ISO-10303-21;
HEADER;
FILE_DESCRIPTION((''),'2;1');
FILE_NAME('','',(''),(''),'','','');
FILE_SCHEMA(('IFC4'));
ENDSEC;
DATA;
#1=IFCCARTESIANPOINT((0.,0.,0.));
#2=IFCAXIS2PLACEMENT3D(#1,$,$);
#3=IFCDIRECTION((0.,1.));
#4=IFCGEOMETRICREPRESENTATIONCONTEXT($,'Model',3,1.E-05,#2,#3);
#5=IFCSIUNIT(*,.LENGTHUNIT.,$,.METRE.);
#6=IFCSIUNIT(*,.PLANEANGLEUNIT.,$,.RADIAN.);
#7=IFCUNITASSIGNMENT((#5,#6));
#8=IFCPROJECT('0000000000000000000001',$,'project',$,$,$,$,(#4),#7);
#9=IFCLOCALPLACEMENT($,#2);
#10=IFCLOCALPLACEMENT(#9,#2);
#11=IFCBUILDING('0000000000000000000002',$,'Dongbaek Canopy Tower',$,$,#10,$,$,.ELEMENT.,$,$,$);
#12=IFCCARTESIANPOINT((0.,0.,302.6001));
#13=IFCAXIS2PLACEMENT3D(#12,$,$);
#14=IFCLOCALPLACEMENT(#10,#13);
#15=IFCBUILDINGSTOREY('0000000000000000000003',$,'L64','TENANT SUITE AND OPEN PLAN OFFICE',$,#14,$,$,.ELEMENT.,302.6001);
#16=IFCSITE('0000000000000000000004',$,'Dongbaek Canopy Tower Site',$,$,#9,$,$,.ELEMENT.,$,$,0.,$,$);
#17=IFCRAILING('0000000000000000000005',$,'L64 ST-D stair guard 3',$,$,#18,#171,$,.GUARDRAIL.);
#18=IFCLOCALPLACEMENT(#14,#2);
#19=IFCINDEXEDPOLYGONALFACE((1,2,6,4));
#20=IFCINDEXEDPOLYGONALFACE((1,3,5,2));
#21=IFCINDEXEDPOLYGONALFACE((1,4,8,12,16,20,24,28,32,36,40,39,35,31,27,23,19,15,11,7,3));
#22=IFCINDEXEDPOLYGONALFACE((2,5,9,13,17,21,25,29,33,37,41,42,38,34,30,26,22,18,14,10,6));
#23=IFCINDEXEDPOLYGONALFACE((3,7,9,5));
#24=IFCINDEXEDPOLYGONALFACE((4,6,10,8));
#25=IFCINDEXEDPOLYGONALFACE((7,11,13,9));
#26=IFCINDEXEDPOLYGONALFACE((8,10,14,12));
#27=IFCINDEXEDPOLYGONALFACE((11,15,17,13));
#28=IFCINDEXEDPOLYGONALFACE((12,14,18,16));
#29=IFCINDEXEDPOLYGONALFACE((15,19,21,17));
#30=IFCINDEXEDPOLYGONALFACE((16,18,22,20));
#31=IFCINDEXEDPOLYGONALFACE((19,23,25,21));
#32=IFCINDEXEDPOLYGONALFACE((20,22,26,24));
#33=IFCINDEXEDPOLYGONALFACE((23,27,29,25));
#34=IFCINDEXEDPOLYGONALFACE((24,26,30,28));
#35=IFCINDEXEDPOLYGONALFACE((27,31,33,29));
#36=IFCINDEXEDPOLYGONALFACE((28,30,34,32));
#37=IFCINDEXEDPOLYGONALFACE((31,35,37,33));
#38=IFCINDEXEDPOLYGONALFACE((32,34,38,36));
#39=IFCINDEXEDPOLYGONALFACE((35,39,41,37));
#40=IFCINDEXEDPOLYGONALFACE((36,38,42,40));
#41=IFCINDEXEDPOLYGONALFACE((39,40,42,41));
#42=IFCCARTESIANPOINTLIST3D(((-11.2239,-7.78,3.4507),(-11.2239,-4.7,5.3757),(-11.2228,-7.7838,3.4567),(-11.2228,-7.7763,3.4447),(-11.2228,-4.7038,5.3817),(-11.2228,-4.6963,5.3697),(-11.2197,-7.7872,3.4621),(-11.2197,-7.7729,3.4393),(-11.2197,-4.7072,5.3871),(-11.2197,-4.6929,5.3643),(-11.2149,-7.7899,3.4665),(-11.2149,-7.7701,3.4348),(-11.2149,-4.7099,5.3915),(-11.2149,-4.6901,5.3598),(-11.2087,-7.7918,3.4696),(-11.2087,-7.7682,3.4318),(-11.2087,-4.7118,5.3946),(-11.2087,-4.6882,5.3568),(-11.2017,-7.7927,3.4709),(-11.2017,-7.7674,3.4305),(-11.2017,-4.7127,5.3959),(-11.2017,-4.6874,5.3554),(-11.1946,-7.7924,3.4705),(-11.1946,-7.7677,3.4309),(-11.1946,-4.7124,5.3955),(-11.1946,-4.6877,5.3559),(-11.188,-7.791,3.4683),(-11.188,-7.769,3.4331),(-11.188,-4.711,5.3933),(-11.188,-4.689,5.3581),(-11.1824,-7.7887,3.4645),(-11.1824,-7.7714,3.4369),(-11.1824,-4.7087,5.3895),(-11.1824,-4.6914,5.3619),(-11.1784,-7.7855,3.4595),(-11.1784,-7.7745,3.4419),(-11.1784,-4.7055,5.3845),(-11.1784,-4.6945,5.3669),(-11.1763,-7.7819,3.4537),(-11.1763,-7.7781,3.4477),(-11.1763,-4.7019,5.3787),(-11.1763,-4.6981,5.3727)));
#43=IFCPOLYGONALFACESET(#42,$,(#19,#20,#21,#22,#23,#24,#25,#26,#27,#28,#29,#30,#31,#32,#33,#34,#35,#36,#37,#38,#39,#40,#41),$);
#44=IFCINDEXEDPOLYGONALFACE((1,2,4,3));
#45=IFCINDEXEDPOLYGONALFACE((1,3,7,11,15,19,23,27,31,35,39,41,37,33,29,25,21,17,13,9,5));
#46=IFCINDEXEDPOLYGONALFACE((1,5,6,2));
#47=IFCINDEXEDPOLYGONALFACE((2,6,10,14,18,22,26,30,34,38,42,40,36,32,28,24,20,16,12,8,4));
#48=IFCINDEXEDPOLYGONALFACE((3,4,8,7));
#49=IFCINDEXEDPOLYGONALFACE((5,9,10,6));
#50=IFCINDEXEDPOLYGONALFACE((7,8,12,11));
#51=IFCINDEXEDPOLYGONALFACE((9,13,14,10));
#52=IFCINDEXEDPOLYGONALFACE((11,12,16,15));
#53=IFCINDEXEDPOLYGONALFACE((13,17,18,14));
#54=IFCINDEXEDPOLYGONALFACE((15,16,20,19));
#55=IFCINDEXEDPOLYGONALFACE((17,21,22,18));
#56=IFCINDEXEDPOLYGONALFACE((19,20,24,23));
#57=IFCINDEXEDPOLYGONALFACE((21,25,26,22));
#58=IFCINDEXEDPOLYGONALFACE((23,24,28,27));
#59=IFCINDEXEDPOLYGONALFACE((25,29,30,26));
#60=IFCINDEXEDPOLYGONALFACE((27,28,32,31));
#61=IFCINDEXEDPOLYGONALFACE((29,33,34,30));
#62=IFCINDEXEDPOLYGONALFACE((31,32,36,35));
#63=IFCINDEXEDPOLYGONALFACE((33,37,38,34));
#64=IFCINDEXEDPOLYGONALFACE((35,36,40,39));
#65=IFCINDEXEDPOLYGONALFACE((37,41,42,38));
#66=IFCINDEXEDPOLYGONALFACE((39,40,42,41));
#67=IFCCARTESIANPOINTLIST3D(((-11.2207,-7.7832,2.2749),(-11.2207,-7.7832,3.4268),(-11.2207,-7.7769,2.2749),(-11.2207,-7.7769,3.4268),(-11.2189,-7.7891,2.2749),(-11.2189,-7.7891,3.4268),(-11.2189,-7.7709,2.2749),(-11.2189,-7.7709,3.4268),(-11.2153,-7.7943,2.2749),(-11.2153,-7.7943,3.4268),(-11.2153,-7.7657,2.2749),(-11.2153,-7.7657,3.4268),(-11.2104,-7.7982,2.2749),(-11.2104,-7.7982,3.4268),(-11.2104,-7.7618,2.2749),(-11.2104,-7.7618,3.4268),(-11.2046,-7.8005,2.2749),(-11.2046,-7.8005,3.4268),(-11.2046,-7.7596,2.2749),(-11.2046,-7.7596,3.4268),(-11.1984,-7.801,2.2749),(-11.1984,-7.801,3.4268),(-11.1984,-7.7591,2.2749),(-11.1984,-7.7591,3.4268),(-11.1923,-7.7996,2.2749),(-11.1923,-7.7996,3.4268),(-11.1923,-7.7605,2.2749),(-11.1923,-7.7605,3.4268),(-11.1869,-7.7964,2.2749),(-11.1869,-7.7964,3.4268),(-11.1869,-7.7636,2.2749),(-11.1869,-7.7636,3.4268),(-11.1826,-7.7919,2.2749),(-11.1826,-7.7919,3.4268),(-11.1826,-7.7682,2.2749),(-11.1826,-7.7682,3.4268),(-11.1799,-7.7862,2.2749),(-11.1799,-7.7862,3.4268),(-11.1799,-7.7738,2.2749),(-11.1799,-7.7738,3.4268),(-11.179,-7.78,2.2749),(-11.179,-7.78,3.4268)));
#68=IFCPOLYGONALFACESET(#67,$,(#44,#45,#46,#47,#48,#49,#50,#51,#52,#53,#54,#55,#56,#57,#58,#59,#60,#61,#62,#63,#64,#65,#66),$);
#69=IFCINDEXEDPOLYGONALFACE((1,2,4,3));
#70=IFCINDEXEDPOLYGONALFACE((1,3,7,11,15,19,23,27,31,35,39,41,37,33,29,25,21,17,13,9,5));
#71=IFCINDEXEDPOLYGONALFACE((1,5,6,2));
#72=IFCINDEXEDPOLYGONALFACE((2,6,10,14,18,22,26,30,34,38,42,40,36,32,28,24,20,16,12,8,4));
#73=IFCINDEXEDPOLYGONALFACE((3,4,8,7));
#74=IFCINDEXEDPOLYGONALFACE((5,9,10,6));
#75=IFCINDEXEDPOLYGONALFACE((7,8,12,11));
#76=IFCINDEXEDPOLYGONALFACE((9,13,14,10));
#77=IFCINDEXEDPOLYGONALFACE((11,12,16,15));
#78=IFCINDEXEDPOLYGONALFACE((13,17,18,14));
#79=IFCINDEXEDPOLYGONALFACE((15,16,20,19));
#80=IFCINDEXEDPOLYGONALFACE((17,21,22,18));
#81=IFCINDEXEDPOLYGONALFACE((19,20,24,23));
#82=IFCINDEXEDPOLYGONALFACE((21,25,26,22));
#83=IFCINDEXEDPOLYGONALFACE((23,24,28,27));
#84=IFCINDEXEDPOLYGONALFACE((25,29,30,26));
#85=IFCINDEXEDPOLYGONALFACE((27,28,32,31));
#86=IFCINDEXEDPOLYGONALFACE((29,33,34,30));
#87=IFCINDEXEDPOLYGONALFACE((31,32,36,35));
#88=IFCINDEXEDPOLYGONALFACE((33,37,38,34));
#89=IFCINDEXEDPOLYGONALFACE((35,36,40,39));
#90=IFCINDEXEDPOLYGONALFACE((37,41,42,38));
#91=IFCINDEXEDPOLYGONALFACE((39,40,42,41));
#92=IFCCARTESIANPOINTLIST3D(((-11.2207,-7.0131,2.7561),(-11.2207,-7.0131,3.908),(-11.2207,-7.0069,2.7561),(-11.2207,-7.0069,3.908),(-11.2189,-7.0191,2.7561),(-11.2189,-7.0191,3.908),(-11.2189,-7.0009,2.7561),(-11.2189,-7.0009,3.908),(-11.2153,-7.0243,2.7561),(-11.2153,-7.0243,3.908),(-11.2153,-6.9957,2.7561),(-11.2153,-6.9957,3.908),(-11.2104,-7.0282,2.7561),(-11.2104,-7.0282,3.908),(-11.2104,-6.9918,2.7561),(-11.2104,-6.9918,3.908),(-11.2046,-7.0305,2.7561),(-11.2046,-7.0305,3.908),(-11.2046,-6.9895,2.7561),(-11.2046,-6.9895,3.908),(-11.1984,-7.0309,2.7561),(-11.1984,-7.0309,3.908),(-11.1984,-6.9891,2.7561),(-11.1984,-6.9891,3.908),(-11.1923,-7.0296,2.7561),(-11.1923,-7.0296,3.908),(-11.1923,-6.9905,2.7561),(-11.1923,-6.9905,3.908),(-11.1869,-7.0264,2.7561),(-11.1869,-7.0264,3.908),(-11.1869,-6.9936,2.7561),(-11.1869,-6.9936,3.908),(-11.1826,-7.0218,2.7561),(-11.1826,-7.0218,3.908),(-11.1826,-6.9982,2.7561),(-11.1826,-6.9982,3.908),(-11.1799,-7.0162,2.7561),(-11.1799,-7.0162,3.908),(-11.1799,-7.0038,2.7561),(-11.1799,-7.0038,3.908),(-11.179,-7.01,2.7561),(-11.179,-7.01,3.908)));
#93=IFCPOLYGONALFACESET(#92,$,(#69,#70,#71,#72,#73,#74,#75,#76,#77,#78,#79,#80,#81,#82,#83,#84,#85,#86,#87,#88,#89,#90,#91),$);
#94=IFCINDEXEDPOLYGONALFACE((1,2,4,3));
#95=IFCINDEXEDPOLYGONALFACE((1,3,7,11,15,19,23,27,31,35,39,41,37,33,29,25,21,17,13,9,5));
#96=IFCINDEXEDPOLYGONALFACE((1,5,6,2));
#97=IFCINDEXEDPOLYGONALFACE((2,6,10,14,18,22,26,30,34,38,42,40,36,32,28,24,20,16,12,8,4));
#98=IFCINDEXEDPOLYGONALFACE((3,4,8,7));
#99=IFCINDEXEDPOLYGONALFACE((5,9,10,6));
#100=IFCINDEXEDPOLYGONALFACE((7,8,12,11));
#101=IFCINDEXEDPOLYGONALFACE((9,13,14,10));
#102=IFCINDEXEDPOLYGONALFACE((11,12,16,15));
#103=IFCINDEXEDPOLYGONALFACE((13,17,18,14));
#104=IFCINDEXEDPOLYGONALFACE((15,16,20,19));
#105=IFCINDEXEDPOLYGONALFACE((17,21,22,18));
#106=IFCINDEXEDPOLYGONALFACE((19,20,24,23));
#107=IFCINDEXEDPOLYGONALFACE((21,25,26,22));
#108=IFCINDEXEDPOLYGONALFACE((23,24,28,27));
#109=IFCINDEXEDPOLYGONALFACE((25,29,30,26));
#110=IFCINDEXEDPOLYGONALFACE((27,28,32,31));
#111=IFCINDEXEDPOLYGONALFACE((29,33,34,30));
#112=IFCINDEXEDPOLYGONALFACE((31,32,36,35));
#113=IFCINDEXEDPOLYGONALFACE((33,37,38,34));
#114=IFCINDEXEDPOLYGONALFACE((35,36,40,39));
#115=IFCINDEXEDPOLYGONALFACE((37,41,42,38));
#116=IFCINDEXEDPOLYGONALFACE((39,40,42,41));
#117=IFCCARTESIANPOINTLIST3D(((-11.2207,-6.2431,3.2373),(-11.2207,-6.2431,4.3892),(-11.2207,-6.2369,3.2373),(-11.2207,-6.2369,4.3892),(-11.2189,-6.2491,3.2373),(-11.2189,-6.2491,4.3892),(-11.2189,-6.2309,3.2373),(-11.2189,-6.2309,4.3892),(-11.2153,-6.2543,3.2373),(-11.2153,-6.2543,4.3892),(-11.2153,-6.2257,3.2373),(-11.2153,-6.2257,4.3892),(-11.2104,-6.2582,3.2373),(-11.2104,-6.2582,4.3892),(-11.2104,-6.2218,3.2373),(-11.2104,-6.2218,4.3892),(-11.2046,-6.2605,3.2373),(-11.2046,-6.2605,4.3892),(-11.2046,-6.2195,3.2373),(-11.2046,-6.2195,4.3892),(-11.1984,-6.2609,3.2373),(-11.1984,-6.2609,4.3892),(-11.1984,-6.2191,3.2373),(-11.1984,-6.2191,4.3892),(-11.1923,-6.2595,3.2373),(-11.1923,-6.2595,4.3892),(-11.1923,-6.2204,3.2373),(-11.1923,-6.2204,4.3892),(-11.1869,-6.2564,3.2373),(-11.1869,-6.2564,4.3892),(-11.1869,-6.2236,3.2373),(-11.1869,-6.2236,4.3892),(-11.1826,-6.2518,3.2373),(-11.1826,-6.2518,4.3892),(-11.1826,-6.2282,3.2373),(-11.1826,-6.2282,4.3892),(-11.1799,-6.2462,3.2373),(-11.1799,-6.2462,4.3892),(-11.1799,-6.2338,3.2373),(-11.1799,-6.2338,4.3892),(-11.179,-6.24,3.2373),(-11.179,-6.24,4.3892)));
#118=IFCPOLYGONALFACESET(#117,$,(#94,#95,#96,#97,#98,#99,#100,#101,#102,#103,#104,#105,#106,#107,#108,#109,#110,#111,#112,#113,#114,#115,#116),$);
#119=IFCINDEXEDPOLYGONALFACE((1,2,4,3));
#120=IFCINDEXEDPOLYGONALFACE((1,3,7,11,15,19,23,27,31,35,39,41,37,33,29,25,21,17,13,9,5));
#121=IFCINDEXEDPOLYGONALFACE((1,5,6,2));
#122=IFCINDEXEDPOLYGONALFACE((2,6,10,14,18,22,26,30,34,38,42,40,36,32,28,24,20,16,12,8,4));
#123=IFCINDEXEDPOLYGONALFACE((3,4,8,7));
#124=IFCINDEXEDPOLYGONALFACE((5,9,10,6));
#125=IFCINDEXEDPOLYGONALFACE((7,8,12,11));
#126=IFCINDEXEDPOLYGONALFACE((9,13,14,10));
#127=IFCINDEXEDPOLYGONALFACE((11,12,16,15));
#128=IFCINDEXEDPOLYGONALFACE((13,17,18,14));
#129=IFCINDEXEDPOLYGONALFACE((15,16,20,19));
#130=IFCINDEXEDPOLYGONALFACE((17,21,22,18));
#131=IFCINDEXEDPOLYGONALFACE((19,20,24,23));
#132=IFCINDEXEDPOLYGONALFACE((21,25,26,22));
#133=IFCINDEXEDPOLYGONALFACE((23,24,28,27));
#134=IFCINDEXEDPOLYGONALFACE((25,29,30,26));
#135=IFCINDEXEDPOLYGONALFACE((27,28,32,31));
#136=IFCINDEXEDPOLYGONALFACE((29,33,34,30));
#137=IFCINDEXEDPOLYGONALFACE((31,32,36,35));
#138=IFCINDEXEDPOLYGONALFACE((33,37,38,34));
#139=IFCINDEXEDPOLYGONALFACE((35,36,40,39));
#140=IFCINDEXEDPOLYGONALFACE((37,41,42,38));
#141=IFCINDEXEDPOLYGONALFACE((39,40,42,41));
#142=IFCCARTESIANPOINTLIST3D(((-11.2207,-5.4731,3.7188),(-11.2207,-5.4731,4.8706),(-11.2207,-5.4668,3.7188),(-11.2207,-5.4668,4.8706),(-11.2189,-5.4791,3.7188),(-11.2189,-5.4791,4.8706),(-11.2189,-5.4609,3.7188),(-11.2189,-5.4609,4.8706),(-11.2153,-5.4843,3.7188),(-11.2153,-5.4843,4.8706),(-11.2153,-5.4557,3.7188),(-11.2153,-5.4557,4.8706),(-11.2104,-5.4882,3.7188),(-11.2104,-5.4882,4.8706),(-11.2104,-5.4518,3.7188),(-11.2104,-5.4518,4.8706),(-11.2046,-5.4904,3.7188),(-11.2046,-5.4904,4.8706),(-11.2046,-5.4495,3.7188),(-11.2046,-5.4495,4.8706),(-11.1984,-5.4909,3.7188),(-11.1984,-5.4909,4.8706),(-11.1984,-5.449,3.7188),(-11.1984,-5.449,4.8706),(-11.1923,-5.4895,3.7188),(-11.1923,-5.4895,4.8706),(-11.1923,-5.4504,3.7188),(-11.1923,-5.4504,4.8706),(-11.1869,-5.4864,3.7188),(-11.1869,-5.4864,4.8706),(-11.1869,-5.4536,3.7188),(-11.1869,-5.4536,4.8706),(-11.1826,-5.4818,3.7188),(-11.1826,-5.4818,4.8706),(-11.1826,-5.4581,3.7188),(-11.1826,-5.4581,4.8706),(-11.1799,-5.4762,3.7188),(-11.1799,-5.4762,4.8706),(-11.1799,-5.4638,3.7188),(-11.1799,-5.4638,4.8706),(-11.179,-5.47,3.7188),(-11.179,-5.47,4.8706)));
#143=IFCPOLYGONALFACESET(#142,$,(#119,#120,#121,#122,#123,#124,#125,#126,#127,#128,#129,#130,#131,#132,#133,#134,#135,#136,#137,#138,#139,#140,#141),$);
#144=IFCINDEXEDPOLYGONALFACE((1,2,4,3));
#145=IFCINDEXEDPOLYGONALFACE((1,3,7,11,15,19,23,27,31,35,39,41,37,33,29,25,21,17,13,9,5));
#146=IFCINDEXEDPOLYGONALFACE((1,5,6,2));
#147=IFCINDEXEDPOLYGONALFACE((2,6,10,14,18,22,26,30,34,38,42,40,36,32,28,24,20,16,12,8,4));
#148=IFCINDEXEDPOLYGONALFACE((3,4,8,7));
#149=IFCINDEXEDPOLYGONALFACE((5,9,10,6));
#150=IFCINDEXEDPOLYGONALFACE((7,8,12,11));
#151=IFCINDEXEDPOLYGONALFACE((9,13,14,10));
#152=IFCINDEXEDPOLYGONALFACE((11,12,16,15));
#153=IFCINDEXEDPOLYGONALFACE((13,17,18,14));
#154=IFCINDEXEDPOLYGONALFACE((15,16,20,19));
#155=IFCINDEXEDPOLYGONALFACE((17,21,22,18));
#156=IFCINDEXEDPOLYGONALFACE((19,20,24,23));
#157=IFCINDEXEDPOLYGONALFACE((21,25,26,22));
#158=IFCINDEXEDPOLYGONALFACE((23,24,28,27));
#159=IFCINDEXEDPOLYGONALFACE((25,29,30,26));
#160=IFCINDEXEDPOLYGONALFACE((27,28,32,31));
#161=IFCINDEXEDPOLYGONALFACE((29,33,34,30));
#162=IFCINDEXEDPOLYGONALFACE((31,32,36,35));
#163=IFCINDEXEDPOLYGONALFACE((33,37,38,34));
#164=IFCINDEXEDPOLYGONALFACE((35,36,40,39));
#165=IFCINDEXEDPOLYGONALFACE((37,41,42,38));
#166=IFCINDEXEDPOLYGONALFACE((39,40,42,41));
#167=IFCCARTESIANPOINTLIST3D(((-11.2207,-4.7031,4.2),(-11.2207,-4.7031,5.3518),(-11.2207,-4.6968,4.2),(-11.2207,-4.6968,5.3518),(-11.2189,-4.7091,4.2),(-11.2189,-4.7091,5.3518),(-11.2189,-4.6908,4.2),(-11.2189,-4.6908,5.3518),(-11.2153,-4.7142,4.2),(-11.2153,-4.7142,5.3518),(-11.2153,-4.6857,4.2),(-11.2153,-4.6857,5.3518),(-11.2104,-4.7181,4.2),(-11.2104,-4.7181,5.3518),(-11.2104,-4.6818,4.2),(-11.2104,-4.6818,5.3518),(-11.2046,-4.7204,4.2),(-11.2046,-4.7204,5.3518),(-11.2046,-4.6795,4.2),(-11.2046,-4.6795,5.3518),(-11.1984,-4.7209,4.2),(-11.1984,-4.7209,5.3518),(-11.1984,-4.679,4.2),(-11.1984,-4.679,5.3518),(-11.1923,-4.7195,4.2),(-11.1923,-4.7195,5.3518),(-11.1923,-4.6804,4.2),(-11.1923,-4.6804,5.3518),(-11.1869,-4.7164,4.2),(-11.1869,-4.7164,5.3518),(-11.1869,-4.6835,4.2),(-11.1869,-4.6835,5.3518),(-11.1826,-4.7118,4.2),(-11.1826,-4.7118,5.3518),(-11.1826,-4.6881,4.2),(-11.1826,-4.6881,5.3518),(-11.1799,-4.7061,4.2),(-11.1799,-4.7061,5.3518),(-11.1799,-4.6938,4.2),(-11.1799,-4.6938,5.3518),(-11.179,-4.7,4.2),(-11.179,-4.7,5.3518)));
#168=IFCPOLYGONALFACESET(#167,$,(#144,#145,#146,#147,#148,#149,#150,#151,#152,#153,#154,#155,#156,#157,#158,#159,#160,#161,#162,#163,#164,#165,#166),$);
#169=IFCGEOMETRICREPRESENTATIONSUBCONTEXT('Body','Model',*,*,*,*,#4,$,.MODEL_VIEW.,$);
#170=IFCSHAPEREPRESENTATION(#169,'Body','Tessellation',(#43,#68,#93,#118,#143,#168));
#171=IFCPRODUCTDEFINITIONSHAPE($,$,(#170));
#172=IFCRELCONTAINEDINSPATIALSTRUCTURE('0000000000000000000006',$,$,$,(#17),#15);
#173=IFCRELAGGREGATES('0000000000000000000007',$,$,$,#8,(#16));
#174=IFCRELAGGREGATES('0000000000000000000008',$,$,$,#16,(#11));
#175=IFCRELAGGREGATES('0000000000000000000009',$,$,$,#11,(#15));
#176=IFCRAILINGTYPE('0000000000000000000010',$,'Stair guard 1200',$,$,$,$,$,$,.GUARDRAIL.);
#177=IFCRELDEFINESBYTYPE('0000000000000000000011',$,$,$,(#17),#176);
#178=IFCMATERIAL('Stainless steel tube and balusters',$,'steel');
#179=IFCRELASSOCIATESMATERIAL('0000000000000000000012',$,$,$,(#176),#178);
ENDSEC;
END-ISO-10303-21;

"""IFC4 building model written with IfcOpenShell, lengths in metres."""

from ifc_helpers import new_model, si_unit, direction, frame, origin, origin_2d, place, context, subcontext, project, spatial, circle, extrude, material, type_object, element, save


model = new_model("IFC4")

# Units and contexts
model_context = context("Model", 3, precision=1e-05, world=origin(), true_north=direction((0.0, 1.0)))
body_context = subcontext(model_context, "Body", "Model", "MODEL_VIEW")
ifc_project = project(units=[si_unit("LENGTHUNIT", "METRE"), si_unit("PLANEANGLEUNIT", "RADIAN")], contexts=[model_context])

# Site, building, storey
site_placement = place(None, origin())
site = spatial("IfcSite", under=ifc_project, at=site_placement, Name="Dongbaek Canopy Tower Site", CompositionType="ELEMENT", RefElevation=0.0)
building_placement = place(site_placement, origin())
building = spatial("IfcBuilding", under=site, at=building_placement, Name="Dongbaek Canopy Tower", CompositionType="ELEMENT")
storey_placement = place(building_placement, frame((0.0, 0.0, 302.6001)))
storey = spatial("IfcBuildingStorey", under=building, at=storey_placement, Name="L64", Description="TENANT SUITE AND OPEN PLAN OFFICE", CompositionType="ELEMENT", Elevation=302.6001)

# Railing
ifc_material_1 = material(Name="Stainless steel tube and balusters", Category="steel")
railing_type_1 = type_object("IfcRailingType", Name="Stair guard 1200", PredefinedType="GUARDRAIL", material=ifc_material_1)
railing_1_placement = place(storey_placement, frame((-11.2, -7.78, 2.2749)))
element("IfcRailing", 1, at=railing_1_placement, inside=storey, type_object=railing_type_1, Name="L64 ST-D stair guard 3", PredefinedType="GUARDRAIL", context=body_context, shape_type="SweptSolid", body=[
    extrude(circle(Radius=0.0239, at=origin_2d()), frame((0.0, 0.0, 1.1758), z_axis=(0.0, 0.847998, 0.529999), x_axis=(-1.0, 0.0, 0.0)), (0.0, 0.0, 1.0), 3.6321),
    extrude(circle(Radius=0.021, at=origin_2d()), origin(), (0.0, 0.0, 1.0), 1.1519),
    extrude(circle(Radius=0.021, at=origin_2d()), frame((0.0, 0.77, 0.4812)), (0.0, 0.0, 1.0), 1.1519),
    extrude(circle(Radius=0.021, at=origin_2d()), frame((0.0, 1.54, 0.9624)), (0.0, 0.0, 1.0), 1.1519),
    extrude(circle(Radius=0.021, at=origin_2d()), frame((0.0, 2.3101, 1.4438)), (0.0, 0.0, 1.0), 1.1519),
    extrude(circle(Radius=0.021, at=origin_2d()), frame((0.0, 3.0801, 1.925)), (0.0, 0.0, 1.0), 1.1519),
])

save(model, "model.ifc")
